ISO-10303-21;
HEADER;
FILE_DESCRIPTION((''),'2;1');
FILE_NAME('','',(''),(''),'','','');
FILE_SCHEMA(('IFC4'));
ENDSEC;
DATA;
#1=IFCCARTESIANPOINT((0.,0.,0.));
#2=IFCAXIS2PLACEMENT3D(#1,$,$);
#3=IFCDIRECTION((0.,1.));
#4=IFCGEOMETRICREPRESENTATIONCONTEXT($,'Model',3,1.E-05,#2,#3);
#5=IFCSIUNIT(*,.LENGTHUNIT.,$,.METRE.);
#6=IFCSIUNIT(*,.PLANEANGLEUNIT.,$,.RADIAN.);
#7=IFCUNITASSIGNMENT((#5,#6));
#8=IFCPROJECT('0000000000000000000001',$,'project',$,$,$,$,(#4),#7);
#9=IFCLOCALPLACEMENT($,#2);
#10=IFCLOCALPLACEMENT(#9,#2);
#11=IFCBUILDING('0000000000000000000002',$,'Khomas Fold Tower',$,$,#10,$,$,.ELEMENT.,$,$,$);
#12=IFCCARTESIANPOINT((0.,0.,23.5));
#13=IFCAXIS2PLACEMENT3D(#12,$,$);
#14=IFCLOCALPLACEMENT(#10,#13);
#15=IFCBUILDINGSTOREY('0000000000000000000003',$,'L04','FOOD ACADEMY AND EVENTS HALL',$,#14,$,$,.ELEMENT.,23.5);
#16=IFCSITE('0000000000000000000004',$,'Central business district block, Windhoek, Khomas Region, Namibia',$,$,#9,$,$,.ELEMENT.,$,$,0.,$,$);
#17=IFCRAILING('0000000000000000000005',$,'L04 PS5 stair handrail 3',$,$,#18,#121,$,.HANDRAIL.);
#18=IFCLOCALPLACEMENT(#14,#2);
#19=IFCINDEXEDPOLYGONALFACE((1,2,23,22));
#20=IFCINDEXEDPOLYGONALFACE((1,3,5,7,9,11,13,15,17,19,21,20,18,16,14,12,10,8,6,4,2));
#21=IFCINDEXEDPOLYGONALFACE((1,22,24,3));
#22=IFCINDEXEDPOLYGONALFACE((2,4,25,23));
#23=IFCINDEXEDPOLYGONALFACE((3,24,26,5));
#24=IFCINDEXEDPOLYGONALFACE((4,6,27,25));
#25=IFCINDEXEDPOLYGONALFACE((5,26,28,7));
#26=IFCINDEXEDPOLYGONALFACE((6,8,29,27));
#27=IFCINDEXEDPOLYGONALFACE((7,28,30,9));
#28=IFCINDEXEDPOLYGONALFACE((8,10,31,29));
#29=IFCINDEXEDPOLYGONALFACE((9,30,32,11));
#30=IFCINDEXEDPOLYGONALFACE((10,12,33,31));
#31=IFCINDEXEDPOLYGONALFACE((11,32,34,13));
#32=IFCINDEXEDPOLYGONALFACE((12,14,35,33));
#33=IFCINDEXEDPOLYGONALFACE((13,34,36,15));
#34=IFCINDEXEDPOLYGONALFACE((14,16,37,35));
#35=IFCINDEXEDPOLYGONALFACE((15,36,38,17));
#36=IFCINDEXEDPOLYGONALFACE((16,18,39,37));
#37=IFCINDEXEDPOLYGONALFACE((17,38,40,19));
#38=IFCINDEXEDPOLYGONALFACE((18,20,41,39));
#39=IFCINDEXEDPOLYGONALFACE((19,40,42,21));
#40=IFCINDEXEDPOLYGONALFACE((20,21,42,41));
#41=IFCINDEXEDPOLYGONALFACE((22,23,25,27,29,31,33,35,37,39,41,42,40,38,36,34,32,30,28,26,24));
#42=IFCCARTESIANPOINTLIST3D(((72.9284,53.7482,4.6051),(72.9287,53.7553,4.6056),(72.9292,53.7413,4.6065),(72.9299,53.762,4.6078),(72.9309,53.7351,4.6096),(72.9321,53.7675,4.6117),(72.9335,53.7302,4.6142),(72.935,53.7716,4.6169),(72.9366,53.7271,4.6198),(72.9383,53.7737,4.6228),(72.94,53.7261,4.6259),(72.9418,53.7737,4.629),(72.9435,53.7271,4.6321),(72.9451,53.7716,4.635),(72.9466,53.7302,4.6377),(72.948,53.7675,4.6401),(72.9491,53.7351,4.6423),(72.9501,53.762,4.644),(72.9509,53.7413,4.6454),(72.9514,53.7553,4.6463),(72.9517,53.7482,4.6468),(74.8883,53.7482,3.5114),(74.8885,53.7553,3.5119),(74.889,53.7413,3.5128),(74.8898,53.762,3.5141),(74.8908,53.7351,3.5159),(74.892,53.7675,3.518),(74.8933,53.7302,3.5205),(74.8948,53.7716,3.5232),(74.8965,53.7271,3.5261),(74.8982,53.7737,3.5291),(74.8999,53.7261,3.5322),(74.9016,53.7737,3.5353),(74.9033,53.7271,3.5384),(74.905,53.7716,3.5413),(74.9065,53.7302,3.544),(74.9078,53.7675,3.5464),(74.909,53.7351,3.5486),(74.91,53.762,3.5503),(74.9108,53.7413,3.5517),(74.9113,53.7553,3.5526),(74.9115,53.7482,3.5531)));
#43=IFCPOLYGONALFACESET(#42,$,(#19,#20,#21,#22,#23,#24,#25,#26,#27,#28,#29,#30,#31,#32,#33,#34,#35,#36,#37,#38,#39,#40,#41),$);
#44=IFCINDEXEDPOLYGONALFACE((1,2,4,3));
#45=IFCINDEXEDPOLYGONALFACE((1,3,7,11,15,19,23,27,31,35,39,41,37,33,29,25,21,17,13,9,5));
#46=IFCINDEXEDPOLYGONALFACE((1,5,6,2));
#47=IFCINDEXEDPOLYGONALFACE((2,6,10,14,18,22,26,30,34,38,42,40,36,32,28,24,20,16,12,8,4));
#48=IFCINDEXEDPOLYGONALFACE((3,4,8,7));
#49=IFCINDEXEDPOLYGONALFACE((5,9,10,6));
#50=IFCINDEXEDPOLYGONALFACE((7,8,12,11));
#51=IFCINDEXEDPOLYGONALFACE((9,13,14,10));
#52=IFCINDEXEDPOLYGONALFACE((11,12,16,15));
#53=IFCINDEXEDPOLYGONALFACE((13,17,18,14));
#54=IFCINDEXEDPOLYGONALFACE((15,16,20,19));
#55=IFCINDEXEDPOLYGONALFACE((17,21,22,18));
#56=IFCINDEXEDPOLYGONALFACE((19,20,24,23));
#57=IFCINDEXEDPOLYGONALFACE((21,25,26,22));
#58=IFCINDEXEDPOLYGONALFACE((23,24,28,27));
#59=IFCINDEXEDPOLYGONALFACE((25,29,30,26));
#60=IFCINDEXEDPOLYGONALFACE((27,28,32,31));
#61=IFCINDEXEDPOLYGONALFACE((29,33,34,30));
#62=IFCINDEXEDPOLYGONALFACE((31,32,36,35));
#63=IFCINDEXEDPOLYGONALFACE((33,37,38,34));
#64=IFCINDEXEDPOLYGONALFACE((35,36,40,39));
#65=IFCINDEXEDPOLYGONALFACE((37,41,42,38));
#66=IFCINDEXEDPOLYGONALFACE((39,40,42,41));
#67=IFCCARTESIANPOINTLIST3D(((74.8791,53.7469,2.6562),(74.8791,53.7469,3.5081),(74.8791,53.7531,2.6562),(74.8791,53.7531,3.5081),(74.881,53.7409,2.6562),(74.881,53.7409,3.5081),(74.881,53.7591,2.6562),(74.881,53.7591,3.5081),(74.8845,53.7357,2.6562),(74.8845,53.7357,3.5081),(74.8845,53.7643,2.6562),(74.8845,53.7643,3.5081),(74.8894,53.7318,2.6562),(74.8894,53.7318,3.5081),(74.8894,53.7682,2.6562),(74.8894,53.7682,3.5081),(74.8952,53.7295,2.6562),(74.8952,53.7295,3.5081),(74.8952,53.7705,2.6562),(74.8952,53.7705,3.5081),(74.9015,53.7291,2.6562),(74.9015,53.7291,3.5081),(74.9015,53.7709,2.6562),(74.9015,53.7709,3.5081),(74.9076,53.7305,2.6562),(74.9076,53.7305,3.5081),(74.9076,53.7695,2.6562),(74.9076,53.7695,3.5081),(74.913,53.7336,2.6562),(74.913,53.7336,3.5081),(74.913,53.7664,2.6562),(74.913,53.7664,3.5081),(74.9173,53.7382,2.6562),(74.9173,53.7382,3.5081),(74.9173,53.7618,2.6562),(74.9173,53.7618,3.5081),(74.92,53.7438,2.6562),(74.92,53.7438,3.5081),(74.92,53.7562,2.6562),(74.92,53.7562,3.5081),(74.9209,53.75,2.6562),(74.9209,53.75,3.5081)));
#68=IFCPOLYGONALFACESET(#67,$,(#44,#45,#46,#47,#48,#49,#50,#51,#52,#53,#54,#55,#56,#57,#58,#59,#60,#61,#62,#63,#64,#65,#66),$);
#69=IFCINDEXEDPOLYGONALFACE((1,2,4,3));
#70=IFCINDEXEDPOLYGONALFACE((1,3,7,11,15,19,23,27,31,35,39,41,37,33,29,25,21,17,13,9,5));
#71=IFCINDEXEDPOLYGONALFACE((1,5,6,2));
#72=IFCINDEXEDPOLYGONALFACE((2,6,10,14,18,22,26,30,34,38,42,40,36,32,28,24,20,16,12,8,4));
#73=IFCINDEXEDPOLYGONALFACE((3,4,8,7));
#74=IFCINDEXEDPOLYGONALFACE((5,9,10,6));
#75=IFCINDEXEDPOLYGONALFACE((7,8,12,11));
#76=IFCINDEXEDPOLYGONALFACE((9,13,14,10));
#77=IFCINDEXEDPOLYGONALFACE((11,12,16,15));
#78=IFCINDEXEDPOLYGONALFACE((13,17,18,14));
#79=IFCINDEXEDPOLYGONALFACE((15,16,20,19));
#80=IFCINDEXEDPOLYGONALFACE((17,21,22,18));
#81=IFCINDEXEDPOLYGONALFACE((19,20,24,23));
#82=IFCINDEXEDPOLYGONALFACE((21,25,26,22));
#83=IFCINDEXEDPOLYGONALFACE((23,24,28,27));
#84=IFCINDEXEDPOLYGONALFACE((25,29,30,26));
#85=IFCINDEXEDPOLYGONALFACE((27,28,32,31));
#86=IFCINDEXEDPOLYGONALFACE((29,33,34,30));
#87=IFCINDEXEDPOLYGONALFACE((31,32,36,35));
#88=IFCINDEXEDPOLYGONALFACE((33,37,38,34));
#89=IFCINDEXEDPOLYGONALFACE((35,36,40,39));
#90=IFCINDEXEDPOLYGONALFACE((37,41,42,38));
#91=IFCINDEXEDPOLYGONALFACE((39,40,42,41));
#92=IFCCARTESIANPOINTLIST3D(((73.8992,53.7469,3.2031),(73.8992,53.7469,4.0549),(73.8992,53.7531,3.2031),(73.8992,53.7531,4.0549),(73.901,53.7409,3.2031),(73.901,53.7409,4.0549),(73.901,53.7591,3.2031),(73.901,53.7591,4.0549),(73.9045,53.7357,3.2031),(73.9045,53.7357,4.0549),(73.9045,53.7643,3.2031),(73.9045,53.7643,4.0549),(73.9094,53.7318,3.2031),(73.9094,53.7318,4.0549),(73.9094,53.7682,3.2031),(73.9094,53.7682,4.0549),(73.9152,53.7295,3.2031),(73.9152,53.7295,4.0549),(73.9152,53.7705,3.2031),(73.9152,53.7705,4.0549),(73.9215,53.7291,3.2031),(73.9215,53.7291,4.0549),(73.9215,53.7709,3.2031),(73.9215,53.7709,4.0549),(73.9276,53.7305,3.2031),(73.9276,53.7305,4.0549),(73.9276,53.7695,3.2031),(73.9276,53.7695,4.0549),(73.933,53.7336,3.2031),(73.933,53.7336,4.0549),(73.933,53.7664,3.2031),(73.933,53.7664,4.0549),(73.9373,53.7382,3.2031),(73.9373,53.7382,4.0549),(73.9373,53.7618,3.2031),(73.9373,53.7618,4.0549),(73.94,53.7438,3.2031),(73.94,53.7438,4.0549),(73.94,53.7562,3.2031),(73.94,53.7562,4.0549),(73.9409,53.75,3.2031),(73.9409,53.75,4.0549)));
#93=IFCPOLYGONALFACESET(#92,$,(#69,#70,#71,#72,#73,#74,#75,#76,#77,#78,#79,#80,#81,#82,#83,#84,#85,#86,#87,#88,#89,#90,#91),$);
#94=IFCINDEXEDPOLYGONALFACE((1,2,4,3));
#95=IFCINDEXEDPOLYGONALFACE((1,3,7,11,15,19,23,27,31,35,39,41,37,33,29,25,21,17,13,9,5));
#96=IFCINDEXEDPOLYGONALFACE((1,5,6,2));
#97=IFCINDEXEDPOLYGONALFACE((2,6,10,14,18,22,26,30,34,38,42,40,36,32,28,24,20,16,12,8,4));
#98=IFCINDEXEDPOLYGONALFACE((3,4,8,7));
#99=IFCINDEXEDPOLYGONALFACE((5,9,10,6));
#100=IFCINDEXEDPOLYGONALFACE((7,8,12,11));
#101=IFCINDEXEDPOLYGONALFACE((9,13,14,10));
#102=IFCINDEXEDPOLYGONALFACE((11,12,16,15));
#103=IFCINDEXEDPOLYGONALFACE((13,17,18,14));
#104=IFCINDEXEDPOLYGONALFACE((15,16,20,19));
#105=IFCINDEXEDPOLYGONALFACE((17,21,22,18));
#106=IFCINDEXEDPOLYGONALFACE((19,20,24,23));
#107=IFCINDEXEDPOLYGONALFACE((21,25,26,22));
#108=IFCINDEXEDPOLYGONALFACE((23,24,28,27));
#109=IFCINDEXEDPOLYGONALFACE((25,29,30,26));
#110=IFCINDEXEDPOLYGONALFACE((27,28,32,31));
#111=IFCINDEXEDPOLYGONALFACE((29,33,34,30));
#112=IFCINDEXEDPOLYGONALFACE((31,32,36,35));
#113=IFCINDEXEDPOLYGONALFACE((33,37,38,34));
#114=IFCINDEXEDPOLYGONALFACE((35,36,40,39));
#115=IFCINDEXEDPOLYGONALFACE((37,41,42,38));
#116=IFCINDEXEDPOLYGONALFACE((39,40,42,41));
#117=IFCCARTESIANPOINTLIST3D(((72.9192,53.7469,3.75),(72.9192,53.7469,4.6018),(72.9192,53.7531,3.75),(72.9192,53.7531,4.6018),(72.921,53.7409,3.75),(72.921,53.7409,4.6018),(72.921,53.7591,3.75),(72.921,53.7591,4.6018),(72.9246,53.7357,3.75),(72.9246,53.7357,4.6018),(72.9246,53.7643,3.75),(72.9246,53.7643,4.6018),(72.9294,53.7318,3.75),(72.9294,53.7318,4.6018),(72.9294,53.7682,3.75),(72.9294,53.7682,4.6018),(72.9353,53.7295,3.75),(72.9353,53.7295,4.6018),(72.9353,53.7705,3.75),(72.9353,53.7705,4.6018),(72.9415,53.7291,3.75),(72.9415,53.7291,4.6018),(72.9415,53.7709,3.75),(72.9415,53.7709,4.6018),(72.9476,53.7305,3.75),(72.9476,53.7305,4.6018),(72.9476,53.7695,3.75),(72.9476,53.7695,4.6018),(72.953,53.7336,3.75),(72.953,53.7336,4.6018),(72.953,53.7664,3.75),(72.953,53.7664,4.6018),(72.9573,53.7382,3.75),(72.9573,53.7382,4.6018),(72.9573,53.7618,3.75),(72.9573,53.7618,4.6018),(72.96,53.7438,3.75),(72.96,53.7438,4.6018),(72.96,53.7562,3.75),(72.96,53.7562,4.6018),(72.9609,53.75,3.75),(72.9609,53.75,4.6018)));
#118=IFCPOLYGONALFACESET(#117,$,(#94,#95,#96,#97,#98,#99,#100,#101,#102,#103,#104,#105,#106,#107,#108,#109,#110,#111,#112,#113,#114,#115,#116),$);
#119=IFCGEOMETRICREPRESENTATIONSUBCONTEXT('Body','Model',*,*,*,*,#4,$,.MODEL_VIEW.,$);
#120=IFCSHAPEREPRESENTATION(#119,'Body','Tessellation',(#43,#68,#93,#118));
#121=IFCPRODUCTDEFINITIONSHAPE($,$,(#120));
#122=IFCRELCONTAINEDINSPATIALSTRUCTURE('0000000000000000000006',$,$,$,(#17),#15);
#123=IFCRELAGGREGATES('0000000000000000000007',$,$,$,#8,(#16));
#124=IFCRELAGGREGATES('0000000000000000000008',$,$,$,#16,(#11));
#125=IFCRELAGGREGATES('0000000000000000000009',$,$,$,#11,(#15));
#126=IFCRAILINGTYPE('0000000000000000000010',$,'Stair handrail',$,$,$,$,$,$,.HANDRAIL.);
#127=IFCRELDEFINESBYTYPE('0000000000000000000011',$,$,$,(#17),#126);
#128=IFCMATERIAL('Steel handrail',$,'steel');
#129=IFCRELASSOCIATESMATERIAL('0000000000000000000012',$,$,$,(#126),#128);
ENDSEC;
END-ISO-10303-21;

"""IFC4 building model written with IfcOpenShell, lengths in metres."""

from ifc_helpers import new_model, si_unit, direction, frame, origin, origin_2d, place, context, subcontext, project, spatial, circle, extrude, source, transform, mapped, material, type_object, element, save


model = new_model("IFC4")

# Units and contexts
model_context = context("Model", 3, precision=1e-05, world=origin(), true_north=direction((0.0, 1.0)))
body_context = subcontext(model_context, "Body", "Model", "MODEL_VIEW")
ifc_project = project(units=[si_unit("LENGTHUNIT", "METRE"), si_unit("PLANEANGLEUNIT", "RADIAN")], contexts=[model_context])

# Site, building, storey
site_placement = place(None, origin())
site = spatial("IfcSite", under=ifc_project, at=site_placement, Name="Central business district block, Windhoek, Khomas Region, Namibia", CompositionType="ELEMENT", RefElevation=0.0)
building_placement = place(site_placement, origin())
building = spatial("IfcBuilding", under=site, at=building_placement, Name="Khomas Fold Tower", CompositionType="ELEMENT")
storey_placement = place(building_placement, frame((0.0, 0.0, 23.5)))
storey = spatial("IfcBuildingStorey", under=building, at=storey_placement, Name="L04", Description="FOOD ACADEMY AND EVENTS HALL", CompositionType="ELEMENT", Elevation=23.5)

# Railing
ifc_material_1 = material(Name="Steel handrail", Category="steel")
railing_type_1 = type_object("IfcRailingType", Name="Stair handrail", PredefinedType="HANDRAIL", material=ifc_material_1)
shared_shape_1 = source(origin(), body_context, "Body", "SweptSolid", [
    extrude(circle(Radius=0.0239, at=origin_2d()), frame((0.0, 0.0, 0.876), z_axis=(-0.873232, 0.0, 0.487304), x_axis=(0.0, -1.0, 0.0)), (0.0, 0.0, 1.0), 2.2444),
    extrude(circle(Radius=0.021, at=origin_2d()), origin(), (0.0, 0.0, 1.0), 0.8518),
    extrude(circle(Radius=0.021, at=origin_2d()), frame((-0.98, 0.0, 0.5469)), (0.0, 0.0, 1.0), 0.8518),
    extrude(circle(Radius=0.021, at=origin_2d()), frame((-1.96, 0.0, 1.0938)), (0.0, 0.0, 1.0), 0.8518),
])
for number, where, name in (
    (1, (74.8999, 53.75, 2.6562), "L04 PS5 stair handrail 3"),
):
    element("IfcRailing", number, at=place(storey_placement, frame(where)), inside=storey, type_object=railing_type_1, Name=name, PredefinedType="HANDRAIL", context=body_context, shape_type="MappedRepresentation", body=[
        mapped(shared_shape_1, transform((0.0, 0.0, 0.0))),
    ])

save(model, "model.ifc")
